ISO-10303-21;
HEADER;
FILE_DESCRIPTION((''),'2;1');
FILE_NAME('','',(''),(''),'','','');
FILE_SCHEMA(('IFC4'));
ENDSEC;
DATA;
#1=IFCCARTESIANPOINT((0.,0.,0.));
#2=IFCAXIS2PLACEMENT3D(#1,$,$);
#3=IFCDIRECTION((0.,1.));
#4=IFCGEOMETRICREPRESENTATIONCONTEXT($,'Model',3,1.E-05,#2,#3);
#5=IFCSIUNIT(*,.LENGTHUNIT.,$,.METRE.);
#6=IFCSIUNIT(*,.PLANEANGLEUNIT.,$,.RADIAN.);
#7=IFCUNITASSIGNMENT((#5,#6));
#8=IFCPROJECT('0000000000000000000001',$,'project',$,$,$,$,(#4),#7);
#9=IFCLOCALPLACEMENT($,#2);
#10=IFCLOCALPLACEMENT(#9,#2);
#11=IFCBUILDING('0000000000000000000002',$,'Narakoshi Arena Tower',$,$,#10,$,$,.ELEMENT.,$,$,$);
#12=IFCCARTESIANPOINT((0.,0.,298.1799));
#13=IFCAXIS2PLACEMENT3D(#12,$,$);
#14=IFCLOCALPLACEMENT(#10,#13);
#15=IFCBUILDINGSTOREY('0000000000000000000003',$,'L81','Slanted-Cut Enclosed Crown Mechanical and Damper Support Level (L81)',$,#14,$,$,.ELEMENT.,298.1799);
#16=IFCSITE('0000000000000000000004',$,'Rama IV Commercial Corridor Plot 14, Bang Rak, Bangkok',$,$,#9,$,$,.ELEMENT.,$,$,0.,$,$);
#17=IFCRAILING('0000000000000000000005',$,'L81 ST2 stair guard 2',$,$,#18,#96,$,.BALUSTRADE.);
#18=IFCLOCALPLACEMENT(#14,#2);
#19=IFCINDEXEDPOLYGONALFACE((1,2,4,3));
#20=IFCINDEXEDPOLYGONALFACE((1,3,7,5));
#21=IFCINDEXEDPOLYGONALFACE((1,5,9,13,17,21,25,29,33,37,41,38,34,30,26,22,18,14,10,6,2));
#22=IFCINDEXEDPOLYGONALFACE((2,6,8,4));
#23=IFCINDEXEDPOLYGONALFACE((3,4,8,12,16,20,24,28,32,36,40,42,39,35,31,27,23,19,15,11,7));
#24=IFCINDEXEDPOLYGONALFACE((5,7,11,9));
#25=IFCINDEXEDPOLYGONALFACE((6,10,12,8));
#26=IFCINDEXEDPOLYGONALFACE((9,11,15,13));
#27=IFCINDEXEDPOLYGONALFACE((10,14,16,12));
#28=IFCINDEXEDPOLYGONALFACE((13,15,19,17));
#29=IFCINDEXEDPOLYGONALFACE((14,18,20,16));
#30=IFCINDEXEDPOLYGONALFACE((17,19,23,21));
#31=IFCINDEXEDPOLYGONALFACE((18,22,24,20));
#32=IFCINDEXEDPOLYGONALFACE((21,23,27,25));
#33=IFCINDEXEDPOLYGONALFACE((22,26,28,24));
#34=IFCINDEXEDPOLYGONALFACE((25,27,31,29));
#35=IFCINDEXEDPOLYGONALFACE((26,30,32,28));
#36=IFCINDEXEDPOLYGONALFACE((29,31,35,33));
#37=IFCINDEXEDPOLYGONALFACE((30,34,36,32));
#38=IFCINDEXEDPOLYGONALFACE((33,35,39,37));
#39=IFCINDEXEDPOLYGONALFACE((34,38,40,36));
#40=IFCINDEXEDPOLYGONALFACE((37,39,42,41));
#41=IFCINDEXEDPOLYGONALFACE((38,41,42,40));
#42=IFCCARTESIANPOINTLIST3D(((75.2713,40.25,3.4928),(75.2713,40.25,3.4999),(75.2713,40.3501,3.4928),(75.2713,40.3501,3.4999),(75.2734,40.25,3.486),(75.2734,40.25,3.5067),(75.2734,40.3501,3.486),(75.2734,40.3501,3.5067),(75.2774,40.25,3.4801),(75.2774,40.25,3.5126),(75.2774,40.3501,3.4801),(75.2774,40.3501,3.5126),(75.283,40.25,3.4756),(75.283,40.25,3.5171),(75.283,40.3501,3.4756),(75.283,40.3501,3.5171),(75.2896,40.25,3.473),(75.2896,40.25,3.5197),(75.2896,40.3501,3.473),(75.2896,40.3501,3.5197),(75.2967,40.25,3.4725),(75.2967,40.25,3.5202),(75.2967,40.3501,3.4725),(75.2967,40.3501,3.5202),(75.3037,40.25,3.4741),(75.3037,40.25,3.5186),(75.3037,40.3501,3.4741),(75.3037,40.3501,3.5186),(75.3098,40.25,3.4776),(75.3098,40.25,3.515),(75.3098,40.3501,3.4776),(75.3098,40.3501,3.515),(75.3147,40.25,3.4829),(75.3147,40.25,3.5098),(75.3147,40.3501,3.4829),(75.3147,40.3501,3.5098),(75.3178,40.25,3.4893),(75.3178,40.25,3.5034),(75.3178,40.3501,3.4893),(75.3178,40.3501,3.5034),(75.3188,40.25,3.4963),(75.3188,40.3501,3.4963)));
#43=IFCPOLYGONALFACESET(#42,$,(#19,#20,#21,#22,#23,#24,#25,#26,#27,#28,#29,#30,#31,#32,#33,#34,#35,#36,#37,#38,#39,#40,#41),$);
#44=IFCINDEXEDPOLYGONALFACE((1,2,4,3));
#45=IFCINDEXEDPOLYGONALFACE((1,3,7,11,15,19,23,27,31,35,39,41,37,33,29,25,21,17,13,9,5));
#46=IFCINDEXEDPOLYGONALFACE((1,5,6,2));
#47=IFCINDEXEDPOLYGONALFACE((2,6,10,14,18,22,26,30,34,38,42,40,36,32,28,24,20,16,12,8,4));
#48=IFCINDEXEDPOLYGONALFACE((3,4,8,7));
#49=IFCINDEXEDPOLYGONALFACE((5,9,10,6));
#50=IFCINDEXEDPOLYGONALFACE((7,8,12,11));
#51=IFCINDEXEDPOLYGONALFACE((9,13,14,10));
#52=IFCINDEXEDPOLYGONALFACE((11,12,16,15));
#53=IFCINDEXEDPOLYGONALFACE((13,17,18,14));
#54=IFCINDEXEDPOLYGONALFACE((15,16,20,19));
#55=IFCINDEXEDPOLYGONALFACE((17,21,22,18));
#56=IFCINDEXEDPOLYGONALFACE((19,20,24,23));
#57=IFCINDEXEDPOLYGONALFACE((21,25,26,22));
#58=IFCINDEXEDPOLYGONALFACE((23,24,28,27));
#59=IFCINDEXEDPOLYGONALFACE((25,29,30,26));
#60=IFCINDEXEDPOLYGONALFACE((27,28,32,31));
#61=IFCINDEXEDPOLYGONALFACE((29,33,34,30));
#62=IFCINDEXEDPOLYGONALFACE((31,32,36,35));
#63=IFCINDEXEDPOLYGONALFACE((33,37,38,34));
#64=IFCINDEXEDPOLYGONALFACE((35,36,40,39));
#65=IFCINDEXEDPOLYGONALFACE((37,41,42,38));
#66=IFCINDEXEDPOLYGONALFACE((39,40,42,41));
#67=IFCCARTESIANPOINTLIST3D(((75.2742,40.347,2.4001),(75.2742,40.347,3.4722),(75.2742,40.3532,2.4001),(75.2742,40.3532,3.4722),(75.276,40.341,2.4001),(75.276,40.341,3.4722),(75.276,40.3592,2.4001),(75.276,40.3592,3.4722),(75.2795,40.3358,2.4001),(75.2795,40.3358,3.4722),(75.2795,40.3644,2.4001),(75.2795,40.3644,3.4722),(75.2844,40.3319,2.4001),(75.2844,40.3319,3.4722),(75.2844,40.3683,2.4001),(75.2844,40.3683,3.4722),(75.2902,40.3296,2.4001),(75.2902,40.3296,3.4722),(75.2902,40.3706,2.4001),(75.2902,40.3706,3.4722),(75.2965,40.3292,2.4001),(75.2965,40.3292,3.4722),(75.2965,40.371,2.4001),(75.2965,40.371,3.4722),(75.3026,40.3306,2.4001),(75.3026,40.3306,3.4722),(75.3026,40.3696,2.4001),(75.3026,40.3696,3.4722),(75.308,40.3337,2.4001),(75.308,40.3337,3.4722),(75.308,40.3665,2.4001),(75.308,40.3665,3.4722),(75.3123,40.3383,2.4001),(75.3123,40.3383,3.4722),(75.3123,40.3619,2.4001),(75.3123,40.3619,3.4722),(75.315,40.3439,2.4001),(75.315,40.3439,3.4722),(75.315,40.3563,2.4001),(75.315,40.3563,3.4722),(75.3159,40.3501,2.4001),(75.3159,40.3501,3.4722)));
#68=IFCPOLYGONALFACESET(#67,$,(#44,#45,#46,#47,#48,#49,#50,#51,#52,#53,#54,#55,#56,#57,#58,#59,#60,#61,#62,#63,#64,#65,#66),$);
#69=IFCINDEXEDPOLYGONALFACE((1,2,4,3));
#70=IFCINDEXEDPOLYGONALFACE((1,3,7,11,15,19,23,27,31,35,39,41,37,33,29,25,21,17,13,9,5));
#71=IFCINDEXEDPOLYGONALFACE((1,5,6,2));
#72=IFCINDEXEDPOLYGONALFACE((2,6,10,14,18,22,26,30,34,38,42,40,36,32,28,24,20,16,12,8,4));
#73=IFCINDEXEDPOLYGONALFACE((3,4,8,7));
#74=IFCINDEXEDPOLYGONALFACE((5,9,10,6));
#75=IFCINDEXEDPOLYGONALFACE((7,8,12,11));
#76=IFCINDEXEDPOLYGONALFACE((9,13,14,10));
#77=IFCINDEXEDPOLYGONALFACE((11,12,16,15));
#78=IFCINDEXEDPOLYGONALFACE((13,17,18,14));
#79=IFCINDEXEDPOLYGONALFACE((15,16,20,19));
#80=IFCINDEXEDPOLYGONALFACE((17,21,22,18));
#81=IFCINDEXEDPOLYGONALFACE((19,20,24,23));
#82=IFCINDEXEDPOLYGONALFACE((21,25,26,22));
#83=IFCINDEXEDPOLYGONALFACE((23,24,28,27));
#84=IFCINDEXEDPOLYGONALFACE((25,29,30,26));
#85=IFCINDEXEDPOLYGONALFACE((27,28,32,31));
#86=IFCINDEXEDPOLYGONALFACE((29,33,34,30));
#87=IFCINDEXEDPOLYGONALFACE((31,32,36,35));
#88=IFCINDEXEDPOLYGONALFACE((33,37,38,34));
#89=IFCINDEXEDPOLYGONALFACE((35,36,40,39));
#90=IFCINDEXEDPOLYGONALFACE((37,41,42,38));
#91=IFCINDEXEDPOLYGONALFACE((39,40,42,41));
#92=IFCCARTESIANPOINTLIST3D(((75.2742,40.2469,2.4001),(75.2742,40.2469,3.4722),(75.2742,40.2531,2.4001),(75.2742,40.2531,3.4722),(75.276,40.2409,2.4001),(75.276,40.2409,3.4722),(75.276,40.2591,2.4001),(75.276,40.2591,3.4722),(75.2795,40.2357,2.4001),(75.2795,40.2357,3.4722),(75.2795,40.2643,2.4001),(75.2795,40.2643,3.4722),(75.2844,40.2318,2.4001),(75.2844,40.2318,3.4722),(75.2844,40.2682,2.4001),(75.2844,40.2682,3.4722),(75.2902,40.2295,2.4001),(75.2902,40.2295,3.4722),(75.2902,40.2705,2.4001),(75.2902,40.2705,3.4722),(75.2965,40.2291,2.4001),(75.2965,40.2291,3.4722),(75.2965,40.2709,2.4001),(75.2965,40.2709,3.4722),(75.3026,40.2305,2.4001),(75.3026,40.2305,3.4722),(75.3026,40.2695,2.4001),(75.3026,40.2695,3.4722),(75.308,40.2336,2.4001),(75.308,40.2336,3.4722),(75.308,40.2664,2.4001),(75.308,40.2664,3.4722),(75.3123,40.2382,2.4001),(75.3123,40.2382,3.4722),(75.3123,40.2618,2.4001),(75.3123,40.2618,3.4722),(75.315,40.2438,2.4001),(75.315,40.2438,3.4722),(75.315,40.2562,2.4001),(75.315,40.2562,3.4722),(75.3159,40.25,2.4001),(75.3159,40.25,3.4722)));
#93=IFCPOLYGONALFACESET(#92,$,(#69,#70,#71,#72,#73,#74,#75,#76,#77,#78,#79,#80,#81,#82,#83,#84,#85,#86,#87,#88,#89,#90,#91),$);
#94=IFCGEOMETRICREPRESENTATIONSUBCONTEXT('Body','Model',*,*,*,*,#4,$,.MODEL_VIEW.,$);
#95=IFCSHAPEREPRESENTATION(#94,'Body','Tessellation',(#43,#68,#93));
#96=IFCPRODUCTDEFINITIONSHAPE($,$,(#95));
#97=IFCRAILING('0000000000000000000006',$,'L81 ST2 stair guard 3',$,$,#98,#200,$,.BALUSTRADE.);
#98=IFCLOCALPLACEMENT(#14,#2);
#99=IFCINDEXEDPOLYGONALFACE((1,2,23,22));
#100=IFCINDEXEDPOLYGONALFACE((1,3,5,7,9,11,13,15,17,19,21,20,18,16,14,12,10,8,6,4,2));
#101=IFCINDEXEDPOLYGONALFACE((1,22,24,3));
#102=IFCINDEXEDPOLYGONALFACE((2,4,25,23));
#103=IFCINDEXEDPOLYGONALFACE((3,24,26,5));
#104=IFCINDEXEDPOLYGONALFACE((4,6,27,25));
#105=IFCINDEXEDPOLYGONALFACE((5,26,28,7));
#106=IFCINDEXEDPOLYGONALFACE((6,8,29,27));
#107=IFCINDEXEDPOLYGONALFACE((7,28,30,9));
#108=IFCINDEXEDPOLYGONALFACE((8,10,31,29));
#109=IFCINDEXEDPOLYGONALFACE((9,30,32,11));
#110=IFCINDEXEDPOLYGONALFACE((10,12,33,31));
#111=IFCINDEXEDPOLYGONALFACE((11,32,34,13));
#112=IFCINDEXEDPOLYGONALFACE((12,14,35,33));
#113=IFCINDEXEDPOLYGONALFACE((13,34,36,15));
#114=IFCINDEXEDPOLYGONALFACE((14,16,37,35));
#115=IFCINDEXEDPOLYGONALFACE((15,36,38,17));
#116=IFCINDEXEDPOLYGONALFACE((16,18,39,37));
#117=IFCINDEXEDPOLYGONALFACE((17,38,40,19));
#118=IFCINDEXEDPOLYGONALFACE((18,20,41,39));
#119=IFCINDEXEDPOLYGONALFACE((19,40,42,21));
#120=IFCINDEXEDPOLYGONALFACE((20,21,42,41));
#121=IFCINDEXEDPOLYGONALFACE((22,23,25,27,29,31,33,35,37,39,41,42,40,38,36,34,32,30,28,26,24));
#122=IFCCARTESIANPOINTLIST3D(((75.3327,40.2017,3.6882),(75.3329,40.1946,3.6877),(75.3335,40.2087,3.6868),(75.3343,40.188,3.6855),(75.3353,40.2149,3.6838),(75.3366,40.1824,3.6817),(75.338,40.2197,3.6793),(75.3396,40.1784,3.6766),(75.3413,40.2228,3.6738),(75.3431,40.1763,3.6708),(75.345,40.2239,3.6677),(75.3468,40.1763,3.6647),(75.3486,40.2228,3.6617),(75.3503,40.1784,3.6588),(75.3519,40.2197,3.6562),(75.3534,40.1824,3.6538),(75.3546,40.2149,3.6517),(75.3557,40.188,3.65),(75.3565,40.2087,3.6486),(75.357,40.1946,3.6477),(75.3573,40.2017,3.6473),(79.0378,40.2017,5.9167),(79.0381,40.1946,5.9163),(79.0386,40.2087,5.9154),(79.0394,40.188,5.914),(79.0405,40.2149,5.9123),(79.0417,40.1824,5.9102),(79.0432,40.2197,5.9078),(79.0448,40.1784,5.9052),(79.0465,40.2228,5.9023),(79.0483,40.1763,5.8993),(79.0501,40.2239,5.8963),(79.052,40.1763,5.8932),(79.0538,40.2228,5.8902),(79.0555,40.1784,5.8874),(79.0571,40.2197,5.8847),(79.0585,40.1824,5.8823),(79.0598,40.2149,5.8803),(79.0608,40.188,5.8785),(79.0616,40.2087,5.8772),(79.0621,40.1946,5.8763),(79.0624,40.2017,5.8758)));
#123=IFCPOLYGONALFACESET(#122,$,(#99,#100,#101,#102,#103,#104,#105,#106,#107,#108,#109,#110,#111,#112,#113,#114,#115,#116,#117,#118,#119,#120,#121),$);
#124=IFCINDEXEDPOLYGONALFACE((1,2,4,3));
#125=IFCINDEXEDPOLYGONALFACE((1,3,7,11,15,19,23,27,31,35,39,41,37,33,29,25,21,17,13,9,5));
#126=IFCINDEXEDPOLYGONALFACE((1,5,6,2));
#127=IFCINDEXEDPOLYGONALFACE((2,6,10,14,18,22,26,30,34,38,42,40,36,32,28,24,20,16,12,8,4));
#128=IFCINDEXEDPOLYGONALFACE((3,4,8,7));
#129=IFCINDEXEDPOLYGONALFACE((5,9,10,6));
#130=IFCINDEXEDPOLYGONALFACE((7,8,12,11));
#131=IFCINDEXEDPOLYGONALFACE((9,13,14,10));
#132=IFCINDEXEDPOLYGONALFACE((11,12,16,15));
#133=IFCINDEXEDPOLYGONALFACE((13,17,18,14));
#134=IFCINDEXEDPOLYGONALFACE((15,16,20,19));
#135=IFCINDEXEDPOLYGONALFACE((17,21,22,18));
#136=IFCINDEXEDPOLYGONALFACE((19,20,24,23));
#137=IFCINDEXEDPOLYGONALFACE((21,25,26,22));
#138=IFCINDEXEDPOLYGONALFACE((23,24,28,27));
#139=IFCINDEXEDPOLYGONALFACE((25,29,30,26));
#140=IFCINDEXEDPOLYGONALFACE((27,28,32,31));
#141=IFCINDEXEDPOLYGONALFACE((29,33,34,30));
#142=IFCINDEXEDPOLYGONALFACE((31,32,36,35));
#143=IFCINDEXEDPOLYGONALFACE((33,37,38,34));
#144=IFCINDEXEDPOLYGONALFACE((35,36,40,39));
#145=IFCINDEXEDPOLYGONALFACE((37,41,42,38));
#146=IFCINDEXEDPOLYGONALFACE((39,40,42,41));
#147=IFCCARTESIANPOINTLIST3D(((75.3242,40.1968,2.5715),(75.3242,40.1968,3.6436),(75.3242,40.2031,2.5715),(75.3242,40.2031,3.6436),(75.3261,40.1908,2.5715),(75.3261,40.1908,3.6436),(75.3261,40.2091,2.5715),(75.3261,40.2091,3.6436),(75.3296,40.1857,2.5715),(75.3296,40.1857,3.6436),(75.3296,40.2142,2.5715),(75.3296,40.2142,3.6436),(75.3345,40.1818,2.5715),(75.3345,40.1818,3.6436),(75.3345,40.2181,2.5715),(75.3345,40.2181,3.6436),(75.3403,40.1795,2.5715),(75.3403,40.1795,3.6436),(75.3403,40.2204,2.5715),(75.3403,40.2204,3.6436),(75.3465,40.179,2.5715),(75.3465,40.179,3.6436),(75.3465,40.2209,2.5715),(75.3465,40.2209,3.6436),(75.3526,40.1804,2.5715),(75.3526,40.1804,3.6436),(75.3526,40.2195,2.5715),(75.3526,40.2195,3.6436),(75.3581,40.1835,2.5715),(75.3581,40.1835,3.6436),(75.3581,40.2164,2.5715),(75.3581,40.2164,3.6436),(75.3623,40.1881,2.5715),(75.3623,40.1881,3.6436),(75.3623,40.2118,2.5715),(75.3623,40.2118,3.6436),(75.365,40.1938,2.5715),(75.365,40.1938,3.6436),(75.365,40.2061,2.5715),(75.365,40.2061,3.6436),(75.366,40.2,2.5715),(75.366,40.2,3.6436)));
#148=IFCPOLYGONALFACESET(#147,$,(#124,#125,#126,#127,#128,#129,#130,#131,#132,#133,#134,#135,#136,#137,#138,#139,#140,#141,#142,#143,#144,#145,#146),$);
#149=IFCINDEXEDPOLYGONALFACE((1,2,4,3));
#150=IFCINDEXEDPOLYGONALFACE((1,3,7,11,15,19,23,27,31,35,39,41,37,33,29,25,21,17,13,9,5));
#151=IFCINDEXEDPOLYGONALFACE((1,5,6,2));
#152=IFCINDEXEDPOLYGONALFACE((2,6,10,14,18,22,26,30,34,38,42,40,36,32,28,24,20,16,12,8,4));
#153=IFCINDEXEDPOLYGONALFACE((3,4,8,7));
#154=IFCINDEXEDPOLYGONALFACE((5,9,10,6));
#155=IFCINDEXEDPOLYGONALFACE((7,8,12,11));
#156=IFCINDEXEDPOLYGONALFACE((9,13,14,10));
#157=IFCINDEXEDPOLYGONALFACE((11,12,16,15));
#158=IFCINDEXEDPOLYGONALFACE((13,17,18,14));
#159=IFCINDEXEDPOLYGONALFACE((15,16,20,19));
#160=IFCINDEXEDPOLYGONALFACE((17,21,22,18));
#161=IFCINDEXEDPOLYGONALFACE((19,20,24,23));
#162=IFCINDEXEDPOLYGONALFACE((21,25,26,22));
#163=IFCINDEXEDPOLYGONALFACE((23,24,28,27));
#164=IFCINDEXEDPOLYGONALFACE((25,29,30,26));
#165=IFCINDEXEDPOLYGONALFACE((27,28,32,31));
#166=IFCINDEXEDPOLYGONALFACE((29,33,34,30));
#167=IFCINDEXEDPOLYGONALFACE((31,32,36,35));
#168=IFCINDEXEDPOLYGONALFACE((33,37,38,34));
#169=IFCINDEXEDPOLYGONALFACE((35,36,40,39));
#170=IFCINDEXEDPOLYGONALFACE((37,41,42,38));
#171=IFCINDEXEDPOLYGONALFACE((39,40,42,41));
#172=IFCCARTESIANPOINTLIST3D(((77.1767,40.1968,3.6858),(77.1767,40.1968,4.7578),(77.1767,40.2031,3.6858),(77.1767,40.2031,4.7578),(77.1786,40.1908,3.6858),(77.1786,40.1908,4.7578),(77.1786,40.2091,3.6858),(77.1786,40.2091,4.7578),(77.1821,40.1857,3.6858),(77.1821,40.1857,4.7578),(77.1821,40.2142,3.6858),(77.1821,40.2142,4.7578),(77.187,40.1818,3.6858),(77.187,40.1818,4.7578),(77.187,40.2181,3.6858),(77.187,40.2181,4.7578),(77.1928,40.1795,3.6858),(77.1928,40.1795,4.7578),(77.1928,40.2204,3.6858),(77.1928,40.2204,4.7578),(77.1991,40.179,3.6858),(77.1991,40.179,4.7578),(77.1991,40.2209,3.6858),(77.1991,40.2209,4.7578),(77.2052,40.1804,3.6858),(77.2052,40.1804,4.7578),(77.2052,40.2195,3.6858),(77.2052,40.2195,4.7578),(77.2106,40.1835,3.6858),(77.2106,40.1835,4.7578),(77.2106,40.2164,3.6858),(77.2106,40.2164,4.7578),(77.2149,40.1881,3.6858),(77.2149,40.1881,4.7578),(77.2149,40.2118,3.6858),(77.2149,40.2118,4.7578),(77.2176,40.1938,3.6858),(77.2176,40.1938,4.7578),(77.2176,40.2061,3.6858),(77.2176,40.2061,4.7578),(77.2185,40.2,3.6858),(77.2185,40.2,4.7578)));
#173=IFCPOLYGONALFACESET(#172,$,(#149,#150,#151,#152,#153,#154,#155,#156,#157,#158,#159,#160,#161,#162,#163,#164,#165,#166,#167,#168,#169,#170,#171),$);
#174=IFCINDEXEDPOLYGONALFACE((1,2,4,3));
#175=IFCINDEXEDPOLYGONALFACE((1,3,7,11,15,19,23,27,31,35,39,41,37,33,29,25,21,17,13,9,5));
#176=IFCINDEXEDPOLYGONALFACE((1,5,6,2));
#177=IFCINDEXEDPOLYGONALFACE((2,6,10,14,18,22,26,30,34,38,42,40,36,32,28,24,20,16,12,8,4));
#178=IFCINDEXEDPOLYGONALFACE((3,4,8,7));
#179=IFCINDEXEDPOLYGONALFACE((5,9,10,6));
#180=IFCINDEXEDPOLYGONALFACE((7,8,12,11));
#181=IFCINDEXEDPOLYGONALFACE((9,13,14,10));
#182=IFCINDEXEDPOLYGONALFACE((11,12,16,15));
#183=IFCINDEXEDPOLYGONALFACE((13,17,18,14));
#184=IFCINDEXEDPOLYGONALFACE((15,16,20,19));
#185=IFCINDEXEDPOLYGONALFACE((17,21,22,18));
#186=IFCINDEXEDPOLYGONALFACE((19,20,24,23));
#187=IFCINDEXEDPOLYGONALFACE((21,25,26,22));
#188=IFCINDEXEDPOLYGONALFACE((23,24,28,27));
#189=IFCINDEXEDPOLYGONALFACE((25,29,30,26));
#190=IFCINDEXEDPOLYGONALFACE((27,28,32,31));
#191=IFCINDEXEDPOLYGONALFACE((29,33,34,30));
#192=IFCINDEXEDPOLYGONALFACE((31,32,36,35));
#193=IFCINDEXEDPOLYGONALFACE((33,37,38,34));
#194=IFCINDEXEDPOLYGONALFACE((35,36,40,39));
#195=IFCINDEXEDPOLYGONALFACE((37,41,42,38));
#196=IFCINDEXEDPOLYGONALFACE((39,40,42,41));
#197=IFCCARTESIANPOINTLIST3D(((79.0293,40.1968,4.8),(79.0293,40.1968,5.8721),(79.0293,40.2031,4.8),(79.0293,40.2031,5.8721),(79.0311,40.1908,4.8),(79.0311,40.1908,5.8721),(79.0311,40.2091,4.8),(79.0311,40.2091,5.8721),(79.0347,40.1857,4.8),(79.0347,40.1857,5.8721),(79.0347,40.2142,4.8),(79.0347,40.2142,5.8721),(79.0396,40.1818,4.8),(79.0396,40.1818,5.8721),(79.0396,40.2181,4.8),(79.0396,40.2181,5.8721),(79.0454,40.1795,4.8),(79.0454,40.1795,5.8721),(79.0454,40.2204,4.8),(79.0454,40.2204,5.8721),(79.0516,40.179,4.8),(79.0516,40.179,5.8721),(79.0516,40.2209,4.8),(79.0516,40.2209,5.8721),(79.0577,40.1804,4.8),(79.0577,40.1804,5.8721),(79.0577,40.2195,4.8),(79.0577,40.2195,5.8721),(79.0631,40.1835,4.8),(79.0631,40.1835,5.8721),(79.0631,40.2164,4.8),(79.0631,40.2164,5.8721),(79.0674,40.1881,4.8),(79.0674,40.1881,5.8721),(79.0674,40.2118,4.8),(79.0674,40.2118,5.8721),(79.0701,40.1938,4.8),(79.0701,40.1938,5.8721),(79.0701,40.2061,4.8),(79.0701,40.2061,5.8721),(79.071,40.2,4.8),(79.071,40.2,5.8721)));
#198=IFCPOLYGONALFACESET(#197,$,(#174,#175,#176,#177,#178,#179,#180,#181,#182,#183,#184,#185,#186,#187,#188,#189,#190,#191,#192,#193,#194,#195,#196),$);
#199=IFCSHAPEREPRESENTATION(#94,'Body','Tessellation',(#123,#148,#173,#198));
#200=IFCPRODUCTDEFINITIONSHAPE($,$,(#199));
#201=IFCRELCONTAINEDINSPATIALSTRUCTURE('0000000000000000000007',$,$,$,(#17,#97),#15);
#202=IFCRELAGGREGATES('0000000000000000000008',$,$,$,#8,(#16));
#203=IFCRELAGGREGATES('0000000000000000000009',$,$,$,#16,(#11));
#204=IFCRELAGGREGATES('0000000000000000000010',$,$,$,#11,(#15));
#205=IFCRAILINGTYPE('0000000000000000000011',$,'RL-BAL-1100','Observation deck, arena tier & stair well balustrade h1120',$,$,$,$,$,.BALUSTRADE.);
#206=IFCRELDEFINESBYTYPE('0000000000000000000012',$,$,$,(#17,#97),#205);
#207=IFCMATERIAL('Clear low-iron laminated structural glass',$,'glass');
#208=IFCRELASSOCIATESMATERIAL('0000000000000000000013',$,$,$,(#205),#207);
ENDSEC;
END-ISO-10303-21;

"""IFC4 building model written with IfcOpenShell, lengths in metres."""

from ifc_helpers import new_model, si_unit, direction, frame, origin, origin_2d, place, context, subcontext, project, spatial, circle, extrude, material, type_object, element, save


model = new_model("IFC4")

# Units and contexts
model_context = context("Model", 3, precision=1e-05, world=origin(), true_north=direction((0.0, 1.0)))
body_context = subcontext(model_context, "Body", "Model", "MODEL_VIEW")
ifc_project = project(units=[si_unit("LENGTHUNIT", "METRE"), si_unit("PLANEANGLEUNIT", "RADIAN")], contexts=[model_context])

# Site, building, storey
site_placement = place(None, origin())
site = spatial("IfcSite", under=ifc_project, at=site_placement, Name="Rama IV Commercial Corridor Plot 14, Bang Rak, Bangkok", CompositionType="ELEMENT", RefElevation=0.0)
building_placement = place(site_placement, origin())
building = spatial("IfcBuilding", under=site, at=building_placement, Name="Narakoshi Arena Tower", CompositionType="ELEMENT")
storey_placement = place(building_placement, frame((0.0, 0.0, 298.1799)))
storey = spatial("IfcBuildingStorey", under=building, at=storey_placement, Name="L81", Description="Slanted-Cut Enclosed Crown Mechanical and Damper Support Level (L81)", CompositionType="ELEMENT", Elevation=298.1799)

# Railings
ifc_material_1 = material(Name="Clear low-iron laminated structural glass", Category="glass")
railing_type_1 = type_object("IfcRailingType", Name="RL-BAL-1100", Description="Observation deck, arena tier & stair well balustrade h1120", PredefinedType="BALUSTRADE", material=ifc_material_1)
railing_1_placement = place(storey_placement, frame((75.2949, 40.3501, 2.4001)))
element("IfcRailing", 1, at=railing_1_placement, inside=storey, type_object=railing_type_1, Name="L81 ST2 stair guard 2", PredefinedType="BALUSTRADE", context=body_context, shape_type="SweptSolid", body=[
    extrude(circle(Radius=0.0239, at=origin_2d()), frame((0.0, 0.0, 1.0962), z_axis=(0.0, -1.0, 0.0), x_axis=(1.0, 0.0, 0.0)), (0.0, 0.0, 1.0), 0.1001),
    extrude(circle(Radius=0.021, at=origin_2d()), origin(), (0.0, 0.0, 1.0), 1.072),
    extrude(circle(Radius=0.021, at=origin_2d()), frame((0.0, -0.1001, 0.0)), (0.0, 0.0, 1.0), 1.072),
])
railing_2_placement = place(storey_placement, frame((75.345, 40.2, 2.5715)))
element("IfcRailing", 2, at=railing_2_placement, inside=storey, type_object=railing_type_1, Name="L81 ST2 stair guard 3", PredefinedType="BALUSTRADE", context=body_context, shape_type="SweptSolid", body=[
    extrude(circle(Radius=0.0239, at=origin_2d()), frame((0.0, 0.0, 1.0962), z_axis=(0.856934, 0.0, 0.515425), x_axis=(0.0, 1.0, 0.0)), (0.0, 0.0, 1.0), 4.3237),
    extrude(circle(Radius=0.021, at=origin_2d()), origin(), (0.0, 0.0, 1.0), 1.072),
    extrude(circle(Radius=0.021, at=origin_2d()), frame((1.8525, 0.0, 1.1143)), (0.0, 0.0, 1.0), 1.072),
    extrude(circle(Radius=0.021, at=origin_2d()), frame((3.7051, 0.0, 2.2285)), (0.0, 0.0, 1.0), 1.072),
])

save(model, "model.ifc")
